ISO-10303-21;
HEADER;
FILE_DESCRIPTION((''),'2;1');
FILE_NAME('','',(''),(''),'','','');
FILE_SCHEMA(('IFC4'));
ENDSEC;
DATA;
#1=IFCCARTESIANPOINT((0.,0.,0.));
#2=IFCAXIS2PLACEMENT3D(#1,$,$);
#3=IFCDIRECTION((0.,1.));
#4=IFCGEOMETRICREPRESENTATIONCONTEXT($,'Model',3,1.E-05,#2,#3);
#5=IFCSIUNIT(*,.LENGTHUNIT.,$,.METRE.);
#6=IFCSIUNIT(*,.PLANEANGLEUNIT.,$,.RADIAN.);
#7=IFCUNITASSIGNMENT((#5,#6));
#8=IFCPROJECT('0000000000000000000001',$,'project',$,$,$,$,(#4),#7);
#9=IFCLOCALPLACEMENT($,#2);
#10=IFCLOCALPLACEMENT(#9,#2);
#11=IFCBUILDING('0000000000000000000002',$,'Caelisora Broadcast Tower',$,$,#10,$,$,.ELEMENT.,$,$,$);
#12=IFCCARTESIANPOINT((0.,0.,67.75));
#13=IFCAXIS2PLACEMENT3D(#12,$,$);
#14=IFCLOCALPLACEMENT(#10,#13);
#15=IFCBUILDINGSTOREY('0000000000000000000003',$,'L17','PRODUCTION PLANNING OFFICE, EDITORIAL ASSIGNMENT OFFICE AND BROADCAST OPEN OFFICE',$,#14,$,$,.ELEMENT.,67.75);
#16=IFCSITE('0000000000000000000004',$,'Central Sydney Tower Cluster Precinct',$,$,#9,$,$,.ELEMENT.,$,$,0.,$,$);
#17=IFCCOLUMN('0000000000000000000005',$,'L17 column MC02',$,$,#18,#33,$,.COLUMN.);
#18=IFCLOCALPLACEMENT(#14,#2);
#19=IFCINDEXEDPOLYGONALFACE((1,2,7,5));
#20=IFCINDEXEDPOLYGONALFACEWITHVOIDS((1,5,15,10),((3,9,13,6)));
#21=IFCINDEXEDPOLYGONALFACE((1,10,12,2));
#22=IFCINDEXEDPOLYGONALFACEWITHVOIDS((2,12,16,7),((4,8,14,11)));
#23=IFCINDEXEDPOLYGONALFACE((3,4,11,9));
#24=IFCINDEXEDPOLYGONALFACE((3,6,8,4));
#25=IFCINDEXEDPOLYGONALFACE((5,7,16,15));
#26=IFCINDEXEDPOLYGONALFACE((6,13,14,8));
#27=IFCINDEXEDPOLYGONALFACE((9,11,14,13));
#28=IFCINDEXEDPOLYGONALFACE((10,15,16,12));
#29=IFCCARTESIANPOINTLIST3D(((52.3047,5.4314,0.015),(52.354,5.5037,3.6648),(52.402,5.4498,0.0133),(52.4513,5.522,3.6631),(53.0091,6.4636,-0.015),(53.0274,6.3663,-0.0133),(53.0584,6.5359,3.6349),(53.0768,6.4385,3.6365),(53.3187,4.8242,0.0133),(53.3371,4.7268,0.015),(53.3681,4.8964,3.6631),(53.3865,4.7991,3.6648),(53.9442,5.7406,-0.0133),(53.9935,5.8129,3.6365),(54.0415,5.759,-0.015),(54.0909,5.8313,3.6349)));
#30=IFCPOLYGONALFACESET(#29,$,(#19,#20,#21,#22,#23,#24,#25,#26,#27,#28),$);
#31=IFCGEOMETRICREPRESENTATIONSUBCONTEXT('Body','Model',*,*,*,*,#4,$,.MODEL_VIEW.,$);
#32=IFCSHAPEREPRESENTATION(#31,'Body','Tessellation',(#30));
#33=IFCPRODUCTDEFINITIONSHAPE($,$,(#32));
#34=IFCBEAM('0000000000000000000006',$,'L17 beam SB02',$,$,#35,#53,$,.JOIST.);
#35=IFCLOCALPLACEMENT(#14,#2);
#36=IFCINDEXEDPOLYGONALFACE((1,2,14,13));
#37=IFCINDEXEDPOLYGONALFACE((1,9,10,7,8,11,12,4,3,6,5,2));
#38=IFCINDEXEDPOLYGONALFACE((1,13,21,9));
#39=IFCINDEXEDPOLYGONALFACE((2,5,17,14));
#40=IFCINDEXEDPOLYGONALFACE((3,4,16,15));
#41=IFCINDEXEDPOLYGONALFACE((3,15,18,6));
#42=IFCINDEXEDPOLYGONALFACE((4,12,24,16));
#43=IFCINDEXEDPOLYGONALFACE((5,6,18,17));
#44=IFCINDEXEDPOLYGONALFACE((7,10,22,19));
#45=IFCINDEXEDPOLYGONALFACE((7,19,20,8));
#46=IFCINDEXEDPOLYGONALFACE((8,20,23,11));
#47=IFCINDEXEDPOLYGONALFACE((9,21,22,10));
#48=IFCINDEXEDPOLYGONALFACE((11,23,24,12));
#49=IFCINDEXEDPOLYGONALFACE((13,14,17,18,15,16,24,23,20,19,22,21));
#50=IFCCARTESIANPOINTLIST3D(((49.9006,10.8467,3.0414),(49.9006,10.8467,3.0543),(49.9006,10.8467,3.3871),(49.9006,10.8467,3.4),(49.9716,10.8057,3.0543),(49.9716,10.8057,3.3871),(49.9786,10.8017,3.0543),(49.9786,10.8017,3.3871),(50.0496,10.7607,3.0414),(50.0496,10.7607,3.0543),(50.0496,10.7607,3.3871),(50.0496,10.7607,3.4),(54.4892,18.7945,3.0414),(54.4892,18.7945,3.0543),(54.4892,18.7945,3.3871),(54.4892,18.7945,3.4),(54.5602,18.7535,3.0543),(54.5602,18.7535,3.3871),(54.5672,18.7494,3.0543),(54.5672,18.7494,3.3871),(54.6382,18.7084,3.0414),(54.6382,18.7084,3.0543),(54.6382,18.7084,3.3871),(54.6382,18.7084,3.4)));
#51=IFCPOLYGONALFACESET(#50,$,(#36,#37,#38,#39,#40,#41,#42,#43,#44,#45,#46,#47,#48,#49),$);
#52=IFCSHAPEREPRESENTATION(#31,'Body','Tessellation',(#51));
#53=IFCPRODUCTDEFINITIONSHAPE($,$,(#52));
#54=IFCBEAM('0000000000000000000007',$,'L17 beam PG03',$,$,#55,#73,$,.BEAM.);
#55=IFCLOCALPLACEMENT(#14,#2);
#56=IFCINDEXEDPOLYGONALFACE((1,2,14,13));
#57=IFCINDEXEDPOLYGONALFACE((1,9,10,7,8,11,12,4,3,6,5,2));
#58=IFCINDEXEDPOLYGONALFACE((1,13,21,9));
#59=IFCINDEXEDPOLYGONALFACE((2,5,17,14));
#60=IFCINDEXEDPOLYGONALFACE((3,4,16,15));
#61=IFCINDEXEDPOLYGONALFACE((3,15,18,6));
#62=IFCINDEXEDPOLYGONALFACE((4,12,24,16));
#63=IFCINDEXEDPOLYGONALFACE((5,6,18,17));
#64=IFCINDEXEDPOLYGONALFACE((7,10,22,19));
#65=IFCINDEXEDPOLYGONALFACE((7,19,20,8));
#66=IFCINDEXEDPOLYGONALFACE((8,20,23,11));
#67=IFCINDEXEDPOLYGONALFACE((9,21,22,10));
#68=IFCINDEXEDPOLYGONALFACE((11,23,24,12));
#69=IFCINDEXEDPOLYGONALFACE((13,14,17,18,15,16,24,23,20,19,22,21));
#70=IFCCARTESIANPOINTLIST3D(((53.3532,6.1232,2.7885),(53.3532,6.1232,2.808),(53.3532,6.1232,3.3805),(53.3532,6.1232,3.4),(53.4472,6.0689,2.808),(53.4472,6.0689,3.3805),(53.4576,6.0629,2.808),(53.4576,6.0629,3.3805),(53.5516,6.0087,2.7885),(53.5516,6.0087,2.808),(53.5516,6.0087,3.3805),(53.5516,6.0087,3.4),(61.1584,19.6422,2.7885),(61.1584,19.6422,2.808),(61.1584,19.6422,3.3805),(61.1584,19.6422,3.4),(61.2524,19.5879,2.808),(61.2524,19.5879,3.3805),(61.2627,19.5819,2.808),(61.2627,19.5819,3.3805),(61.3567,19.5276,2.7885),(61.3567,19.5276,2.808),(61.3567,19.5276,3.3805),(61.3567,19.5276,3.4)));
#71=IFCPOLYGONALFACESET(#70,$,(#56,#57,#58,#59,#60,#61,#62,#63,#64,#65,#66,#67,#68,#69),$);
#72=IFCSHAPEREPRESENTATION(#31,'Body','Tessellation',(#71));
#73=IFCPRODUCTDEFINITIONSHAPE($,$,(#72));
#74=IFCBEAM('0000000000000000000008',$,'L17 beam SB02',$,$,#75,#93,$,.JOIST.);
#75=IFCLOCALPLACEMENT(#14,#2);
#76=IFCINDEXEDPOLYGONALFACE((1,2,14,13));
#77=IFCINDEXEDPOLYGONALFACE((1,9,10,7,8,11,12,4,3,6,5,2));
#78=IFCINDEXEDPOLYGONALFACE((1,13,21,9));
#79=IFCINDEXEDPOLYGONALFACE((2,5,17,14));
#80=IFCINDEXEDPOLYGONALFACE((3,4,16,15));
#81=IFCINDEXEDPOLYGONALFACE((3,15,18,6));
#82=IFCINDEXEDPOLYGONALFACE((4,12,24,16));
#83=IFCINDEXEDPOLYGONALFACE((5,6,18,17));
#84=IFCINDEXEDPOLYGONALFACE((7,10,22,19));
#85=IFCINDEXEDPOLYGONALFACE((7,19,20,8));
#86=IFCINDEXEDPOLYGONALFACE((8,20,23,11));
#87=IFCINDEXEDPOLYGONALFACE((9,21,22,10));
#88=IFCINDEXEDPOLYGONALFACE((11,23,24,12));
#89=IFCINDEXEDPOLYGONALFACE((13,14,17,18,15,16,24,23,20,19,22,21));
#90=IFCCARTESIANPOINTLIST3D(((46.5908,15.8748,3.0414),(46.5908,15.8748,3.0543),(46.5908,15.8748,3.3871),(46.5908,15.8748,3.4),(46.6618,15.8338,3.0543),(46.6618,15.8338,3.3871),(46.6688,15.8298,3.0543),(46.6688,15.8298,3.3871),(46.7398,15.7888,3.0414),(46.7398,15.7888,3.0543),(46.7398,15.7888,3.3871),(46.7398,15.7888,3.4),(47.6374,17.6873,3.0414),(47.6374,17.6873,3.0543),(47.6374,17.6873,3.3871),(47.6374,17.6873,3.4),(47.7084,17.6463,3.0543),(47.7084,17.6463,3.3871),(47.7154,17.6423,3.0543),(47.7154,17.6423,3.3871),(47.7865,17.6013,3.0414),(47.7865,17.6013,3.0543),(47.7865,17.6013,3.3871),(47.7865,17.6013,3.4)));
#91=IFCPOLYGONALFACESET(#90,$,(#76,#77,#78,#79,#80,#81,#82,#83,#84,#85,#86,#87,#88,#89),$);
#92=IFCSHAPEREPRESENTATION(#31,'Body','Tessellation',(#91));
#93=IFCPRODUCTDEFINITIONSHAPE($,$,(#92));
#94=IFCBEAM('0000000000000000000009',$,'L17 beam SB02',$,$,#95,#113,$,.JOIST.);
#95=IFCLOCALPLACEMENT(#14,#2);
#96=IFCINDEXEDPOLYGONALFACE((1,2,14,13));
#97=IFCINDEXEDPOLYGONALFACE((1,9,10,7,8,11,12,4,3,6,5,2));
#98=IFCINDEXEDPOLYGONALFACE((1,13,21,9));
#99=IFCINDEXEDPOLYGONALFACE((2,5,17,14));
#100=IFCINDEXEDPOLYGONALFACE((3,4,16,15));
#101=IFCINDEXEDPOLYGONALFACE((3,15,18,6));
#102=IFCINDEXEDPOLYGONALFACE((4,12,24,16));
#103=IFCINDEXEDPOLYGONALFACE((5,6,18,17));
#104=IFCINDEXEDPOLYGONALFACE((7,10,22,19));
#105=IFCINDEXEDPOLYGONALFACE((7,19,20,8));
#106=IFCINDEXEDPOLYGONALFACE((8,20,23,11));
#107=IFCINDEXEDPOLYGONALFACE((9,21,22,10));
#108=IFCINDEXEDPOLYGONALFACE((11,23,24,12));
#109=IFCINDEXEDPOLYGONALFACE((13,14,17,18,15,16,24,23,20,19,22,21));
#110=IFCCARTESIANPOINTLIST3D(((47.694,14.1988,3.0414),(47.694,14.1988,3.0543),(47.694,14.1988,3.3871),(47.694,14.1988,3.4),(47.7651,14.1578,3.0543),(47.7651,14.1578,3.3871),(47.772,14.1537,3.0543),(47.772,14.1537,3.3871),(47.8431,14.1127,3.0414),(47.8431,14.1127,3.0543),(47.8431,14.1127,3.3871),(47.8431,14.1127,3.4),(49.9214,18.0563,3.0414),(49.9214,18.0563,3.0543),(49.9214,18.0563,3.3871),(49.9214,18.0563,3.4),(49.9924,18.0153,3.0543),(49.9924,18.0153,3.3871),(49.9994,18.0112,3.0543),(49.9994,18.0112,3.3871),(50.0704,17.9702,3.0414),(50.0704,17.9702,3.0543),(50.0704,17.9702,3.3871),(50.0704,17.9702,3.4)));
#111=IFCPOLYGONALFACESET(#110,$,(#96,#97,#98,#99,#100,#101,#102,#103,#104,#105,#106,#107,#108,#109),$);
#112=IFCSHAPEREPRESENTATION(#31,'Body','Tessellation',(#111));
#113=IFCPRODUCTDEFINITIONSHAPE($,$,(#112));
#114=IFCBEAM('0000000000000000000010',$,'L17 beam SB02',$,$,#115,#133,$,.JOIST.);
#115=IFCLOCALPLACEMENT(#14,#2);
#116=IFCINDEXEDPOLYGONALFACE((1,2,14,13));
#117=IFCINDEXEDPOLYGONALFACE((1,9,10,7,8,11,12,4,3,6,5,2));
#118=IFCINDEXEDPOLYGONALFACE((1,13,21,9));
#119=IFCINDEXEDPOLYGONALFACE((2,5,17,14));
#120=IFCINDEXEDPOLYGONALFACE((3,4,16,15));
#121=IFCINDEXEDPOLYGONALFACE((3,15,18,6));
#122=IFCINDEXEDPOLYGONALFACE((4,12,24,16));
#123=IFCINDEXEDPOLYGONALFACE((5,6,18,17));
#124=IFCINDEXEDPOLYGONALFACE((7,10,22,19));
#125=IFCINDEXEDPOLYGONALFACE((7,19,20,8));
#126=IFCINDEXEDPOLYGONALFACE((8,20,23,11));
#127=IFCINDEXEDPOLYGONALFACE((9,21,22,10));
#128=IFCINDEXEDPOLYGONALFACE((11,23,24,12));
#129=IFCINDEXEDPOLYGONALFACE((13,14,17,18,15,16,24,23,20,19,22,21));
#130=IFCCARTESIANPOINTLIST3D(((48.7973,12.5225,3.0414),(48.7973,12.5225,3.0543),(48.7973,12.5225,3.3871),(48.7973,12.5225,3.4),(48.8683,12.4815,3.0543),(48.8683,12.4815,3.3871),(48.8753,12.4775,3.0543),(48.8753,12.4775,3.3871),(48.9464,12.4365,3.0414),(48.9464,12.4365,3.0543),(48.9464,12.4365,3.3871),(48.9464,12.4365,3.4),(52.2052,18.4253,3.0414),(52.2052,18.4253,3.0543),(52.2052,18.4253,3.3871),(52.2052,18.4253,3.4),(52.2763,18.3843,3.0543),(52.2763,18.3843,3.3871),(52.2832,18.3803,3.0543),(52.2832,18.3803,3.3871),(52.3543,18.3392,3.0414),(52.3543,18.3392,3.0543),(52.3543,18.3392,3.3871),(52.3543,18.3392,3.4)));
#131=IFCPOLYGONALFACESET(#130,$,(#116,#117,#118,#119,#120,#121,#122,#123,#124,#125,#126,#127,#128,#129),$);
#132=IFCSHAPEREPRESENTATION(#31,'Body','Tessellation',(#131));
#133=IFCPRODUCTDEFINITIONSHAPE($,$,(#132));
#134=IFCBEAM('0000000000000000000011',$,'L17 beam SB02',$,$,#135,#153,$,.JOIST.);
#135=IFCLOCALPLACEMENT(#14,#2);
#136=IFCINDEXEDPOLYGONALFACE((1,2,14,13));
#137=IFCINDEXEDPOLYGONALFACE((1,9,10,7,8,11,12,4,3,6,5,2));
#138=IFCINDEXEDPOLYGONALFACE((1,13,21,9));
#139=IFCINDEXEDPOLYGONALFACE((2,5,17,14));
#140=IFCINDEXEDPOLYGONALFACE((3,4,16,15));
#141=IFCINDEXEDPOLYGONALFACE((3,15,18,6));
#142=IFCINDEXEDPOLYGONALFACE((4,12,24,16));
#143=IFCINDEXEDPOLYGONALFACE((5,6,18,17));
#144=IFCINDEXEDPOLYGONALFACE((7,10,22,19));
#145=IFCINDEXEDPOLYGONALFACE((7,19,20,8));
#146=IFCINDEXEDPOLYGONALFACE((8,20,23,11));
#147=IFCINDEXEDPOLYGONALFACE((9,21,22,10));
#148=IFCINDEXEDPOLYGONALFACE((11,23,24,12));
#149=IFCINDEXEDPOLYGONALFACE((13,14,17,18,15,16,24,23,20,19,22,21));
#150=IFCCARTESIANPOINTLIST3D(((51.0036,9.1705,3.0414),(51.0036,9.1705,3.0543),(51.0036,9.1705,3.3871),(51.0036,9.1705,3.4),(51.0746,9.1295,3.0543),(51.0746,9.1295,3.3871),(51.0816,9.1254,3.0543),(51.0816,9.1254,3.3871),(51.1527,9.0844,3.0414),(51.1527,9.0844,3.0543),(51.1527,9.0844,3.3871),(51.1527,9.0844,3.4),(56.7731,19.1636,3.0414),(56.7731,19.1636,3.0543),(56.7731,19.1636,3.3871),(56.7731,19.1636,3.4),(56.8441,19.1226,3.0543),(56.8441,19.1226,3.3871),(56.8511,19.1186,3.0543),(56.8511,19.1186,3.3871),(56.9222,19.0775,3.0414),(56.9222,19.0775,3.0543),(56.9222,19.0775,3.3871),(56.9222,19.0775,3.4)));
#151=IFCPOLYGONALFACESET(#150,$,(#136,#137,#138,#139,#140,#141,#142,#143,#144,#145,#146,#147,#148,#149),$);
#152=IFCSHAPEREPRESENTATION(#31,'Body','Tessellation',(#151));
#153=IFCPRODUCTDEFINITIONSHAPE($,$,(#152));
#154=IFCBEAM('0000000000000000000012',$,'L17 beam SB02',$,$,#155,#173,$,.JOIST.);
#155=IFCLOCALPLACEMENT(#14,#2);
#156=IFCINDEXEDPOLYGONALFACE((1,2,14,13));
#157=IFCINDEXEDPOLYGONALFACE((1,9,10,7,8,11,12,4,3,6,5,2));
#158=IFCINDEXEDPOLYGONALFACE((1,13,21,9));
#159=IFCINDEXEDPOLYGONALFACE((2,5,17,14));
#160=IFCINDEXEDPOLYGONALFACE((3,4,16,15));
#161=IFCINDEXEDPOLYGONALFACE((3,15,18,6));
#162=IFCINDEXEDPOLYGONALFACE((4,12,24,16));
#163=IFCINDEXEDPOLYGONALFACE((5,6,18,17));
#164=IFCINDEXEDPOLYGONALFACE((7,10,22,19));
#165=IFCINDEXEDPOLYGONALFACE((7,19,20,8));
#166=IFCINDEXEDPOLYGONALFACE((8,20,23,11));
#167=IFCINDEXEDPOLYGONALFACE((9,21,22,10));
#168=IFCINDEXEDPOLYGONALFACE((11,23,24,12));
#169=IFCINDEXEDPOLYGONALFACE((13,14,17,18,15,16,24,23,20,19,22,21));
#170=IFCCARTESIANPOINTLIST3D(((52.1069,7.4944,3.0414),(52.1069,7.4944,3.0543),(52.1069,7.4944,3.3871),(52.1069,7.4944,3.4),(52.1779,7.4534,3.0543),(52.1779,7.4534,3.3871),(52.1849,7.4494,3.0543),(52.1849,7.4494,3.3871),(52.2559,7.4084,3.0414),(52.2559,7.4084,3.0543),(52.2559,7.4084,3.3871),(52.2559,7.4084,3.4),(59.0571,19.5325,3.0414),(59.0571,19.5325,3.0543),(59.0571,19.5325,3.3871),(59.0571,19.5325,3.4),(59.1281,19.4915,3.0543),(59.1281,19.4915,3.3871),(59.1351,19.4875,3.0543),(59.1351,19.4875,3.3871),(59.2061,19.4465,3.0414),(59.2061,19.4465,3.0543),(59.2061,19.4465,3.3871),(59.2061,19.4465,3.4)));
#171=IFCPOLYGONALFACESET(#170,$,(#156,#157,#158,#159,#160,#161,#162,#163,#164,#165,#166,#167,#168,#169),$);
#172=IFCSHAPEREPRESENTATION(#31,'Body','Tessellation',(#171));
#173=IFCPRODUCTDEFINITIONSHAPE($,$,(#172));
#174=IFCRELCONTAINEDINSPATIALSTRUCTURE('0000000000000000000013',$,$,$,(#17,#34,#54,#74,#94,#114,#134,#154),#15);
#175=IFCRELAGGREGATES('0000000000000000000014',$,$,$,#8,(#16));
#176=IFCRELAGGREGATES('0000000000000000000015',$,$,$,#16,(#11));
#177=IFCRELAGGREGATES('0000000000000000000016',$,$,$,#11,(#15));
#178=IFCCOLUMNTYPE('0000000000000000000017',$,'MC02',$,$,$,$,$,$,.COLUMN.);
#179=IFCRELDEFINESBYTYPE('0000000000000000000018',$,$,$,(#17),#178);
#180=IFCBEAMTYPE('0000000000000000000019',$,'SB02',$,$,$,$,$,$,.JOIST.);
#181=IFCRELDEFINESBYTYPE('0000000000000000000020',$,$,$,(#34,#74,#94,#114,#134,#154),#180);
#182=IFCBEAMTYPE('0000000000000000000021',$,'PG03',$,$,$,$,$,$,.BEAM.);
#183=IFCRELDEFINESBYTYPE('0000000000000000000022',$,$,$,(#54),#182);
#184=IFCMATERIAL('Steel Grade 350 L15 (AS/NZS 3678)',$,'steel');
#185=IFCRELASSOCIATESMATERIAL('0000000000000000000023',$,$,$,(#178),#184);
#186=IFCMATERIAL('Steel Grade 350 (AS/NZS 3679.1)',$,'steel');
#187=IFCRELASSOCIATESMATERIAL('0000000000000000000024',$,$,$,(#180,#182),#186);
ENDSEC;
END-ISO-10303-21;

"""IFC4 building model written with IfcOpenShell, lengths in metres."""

from ifc_helpers import new_model, si_unit, direction, frame, origin, origin_2d, place, context, subcontext, project, spatial, hollow_rectangle, i_section, extrude, source, transform, mapped, material, material_profile, profile_set, type_object, type_shapes, element, save


model = new_model("IFC4")

# Units and contexts
model_context = context("Model", 3, precision=1e-05, world=origin(), true_north=direction((0.0, 1.0)))
body_context = subcontext(model_context, "Body", "Model", "MODEL_VIEW")
ifc_project = project(units=[si_unit("LENGTHUNIT", "METRE"), si_unit("PLANEANGLEUNIT", "RADIAN")], contexts=[model_context])

# Site, building, storey
site_placement = place(None, origin())
site = spatial("IfcSite", under=ifc_project, at=site_placement, Name="Central Sydney Tower Cluster Precinct", CompositionType="ELEMENT", RefElevation=0.0)
building_placement = place(site_placement, origin())
building = spatial("IfcBuilding", under=site, at=building_placement, Name="Caelisora Broadcast Tower", CompositionType="ELEMENT")
storey_placement = place(building_placement, frame((0.0, 0.0, 67.75)))
storey = spatial("IfcBuildingStorey", under=building, at=storey_placement, Name="L17", Description="PRODUCTION PLANNING OFFICE, EDITORIAL ASSIGNMENT OFFICE AND BROADCAST OPEN OFFICE", CompositionType="ELEMENT", Elevation=67.75)

# Column
ifc_material_1 = material(Name="Steel Grade 350 L15 (AS/NZS 3678)", Category="steel")
ifc_material_profile_1 = material_profile(ifc_material_1, hollow_rectangle(XDim=1.25, YDim=1.25, WallThickness=0.0701, at=origin_2d()), Name="Steel Grade 350 L15 (AS/NZS 3678)")
ifc_profile_set_1 = profile_set([ifc_material_profile_1], Name="Steel Grade 350 L15 (AS/NZS 3678)")
column_type = type_object("IfcColumnType", Name="MC02", PredefinedType="COLUMN", material=ifc_profile_set_1)
shared_shape_1 = source(origin(), body_context, "Body", "SweptSolid", [
    extrude(hollow_rectangle(XDim=1.25, YDim=1.25, WallThickness=0.0701, at=origin_2d()), origin(), (0.0, 0.0, 1.0), 3.6509),
])
type_shapes(column_type, [shared_shape_1])
column_placement = place(storey_placement, frame((53.1731, 5.5952, 0.0), z_axis=(0.013508, 0.019794, 0.999713), x_axis=(-0.825991, 0.563683, 0.0)))
element("IfcColumn", 1, at=column_placement, inside=storey, type_object=column_type, Name="L17 column MC02", PredefinedType="COLUMN", context=body_context, shape_type="MappedRepresentation", body=[
    mapped(shared_shape_1, transform((0.0, 0.0, 0.0), scale=1.0)),
])

# Beams
ifc_material_2 = material(Name="Steel Grade 350 (AS/NZS 3679.1)", Category="steel")
ifc_material_profile_2 = material_profile(ifc_material_2, i_section(OverallWidth=0.1721, OverallDepth=0.3586, WebThickness=0.0081, FlangeThickness=0.0129, at=origin_2d()), Name="Steel Grade 350 (AS/NZS 3679.1)")
ifc_profile_set_2 = profile_set([ifc_material_profile_2], Name="Steel Grade 350 (AS/NZS 3679.1)")
beam_type_1 = type_object("IfcBeamType", Name="SB02", PredefinedType="JOIST", material=ifc_profile_set_2)
shared_shape_2 = source(origin(), body_context, "Body", "SweptSolid", [
    extrude(i_section(OverallWidth=0.1721, OverallDepth=0.3586, WebThickness=0.0081, FlangeThickness=0.0129, at=origin_2d()), origin(), (0.0, 0.0, 1.0), 9.1772),
])
beam_1_placement = place(storey_placement, frame((49.9751, 10.8037, 3.2207), z_axis=(0.499999, 0.866026, 0.0), x_axis=(-0.866026, 0.499999, 0.0)))
element("IfcBeam", 2, at=beam_1_placement, inside=storey, type_object=beam_type_1, Name="L17 beam SB02", PredefinedType="JOIST", context=body_context, shape_type="MappedRepresentation", body=[
    mapped(shared_shape_2, transform((0.0, 0.0, 0.0), scale=1.0)),
])
ifc_material_profile_3 = material_profile(ifc_material_2, i_section(OverallWidth=0.229, OverallDepth=0.6116, WebThickness=0.012, FlangeThickness=0.0195, at=origin_2d()), Name="Steel Grade 350 (AS/NZS 3679.1)")
ifc_profile_set_3 = profile_set([ifc_material_profile_3], Name="Steel Grade 350 (AS/NZS 3679.1)")
beam_type_2 = type_object("IfcBeamType", Name="PG03", PredefinedType="BEAM", material=ifc_profile_set_3)
shared_shape_3 = source(origin(), body_context, "Body", "SweptSolid", [
    extrude(i_section(OverallWidth=0.229, OverallDepth=0.6116, WebThickness=0.012, FlangeThickness=0.0195, at=origin_2d()), origin(), (0.0, 0.0, 1.0), 15.6104),
])
type_shapes(beam_type_2, [shared_shape_3])
beam_2_placement = place(storey_placement, frame((53.4524, 6.0659, 3.0942), z_axis=(0.499998, 0.866027, 0.0), x_axis=(-0.866027, 0.499998, 0.0)))
element("IfcBeam", 3, at=beam_2_placement, inside=storey, type_object=beam_type_2, Name="L17 beam PG03", PredefinedType="BEAM", context=body_context, shape_type="MappedRepresentation", body=[
    mapped(shared_shape_3, transform((0.0, 0.0, 0.0), scale=1.0)),
])
shared_shape_4 = source(origin(), body_context, "Body", "SweptSolid", [
    extrude(i_section(OverallWidth=0.1721, OverallDepth=0.3586, WebThickness=0.0081, FlangeThickness=0.0129, at=origin_2d()), origin(), (0.0, 0.0, 1.0), 2.093),
])
beam_3_placement = place(storey_placement, frame((46.6653, 15.8318, 3.2207), z_axis=(0.500066, 0.865987, 0.0), x_axis=(-0.865987, 0.500066, 0.0)))
element("IfcBeam", 4, at=beam_3_placement, inside=storey, type_object=beam_type_1, Name="L17 beam SB02", PredefinedType="JOIST", context=body_context, shape_type="MappedRepresentation", body=[
    mapped(shared_shape_4, transform((0.0, 0.0, 0.0), scale=1.0)),
])
shared_shape_5 = source(origin(), body_context, "Body", "SweptSolid", [
    extrude(i_section(OverallWidth=0.1721, OverallDepth=0.3586, WebThickness=0.0081, FlangeThickness=0.0129, at=origin_2d()), origin(), (0.0, 0.0, 1.0), 4.4543),
])
beam_4_placement = place(storey_placement, frame((47.7686, 14.1558, 3.2207), z_axis=(0.500036, 0.866005, 0.0), x_axis=(-0.866005, 0.500036, 0.0)))
element("IfcBeam", 5, at=beam_4_placement, inside=storey, type_object=beam_type_1, Name="L17 beam SB02", PredefinedType="JOIST", context=body_context, shape_type="MappedRepresentation", body=[
    mapped(shared_shape_5, transform((0.0, 0.0, 0.0), scale=1.0)),
])
shared_shape_6 = source(origin(), body_context, "Body", "SweptSolid", [
    extrude(i_section(OverallWidth=0.1721, OverallDepth=0.3586, WebThickness=0.0081, FlangeThickness=0.0129, at=origin_2d()), origin(), (0.0, 0.0, 1.0), 6.8159),
])
beam_5_placement = place(storey_placement, frame((48.8718, 12.4795, 3.2207), z_axis=(0.499995, 0.866028, 0.0), x_axis=(-0.866028, 0.499995, 0.0)))
element("IfcBeam", 6, at=beam_5_placement, inside=storey, type_object=beam_type_1, Name="L17 beam SB02", PredefinedType="JOIST", context=body_context, shape_type="MappedRepresentation", body=[
    mapped(shared_shape_6, transform((0.0, 0.0, 0.0), scale=1.0)),
])
shared_shape_7 = source(origin(), body_context, "Body", "SweptSolid", [
    extrude(i_section(OverallWidth=0.1721, OverallDepth=0.3586, WebThickness=0.0081, FlangeThickness=0.0129, at=origin_2d()), origin(), (0.0, 0.0, 1.0), 11.5391),
])
beam_6_placement = place(storey_placement, frame((51.0781, 9.1274, 3.2207), z_axis=(0.499998, 0.866026, 0.0), x_axis=(-0.866026, 0.499998, 0.0)))
element("IfcBeam", 7, at=beam_6_placement, inside=storey, type_object=beam_type_1, Name="L17 beam SB02", PredefinedType="JOIST", context=body_context, shape_type="MappedRepresentation", body=[
    mapped(shared_shape_7, transform((0.0, 0.0, 0.0), scale=1.0)),
])
shared_shape_8 = source(origin(), body_context, "Body", "SweptSolid", [
    extrude(i_section(OverallWidth=0.1721, OverallDepth=0.3586, WebThickness=0.0081, FlangeThickness=0.0129, at=origin_2d()), origin(), (0.0, 0.0, 1.0), 13.9004),
])
type_shapes(beam_type_1, [shared_shape_2, shared_shape_4, shared_shape_5, shared_shape_6, shared_shape_7, shared_shape_8])
beam_7_placement = place(storey_placement, frame((52.1814, 7.4514, 3.2207), z_axis=(0.5, 0.866025, 0.0), x_axis=(-0.866025, 0.5, 0.0)))
element("IfcBeam", 8, at=beam_7_placement, inside=storey, type_object=beam_type_1, Name="L17 beam SB02", PredefinedType="JOIST", context=body_context, shape_type="MappedRepresentation", body=[
    mapped(shared_shape_8, transform((0.0, 0.0, 0.0), scale=1.0)),
])

save(model, "model.ifc")
